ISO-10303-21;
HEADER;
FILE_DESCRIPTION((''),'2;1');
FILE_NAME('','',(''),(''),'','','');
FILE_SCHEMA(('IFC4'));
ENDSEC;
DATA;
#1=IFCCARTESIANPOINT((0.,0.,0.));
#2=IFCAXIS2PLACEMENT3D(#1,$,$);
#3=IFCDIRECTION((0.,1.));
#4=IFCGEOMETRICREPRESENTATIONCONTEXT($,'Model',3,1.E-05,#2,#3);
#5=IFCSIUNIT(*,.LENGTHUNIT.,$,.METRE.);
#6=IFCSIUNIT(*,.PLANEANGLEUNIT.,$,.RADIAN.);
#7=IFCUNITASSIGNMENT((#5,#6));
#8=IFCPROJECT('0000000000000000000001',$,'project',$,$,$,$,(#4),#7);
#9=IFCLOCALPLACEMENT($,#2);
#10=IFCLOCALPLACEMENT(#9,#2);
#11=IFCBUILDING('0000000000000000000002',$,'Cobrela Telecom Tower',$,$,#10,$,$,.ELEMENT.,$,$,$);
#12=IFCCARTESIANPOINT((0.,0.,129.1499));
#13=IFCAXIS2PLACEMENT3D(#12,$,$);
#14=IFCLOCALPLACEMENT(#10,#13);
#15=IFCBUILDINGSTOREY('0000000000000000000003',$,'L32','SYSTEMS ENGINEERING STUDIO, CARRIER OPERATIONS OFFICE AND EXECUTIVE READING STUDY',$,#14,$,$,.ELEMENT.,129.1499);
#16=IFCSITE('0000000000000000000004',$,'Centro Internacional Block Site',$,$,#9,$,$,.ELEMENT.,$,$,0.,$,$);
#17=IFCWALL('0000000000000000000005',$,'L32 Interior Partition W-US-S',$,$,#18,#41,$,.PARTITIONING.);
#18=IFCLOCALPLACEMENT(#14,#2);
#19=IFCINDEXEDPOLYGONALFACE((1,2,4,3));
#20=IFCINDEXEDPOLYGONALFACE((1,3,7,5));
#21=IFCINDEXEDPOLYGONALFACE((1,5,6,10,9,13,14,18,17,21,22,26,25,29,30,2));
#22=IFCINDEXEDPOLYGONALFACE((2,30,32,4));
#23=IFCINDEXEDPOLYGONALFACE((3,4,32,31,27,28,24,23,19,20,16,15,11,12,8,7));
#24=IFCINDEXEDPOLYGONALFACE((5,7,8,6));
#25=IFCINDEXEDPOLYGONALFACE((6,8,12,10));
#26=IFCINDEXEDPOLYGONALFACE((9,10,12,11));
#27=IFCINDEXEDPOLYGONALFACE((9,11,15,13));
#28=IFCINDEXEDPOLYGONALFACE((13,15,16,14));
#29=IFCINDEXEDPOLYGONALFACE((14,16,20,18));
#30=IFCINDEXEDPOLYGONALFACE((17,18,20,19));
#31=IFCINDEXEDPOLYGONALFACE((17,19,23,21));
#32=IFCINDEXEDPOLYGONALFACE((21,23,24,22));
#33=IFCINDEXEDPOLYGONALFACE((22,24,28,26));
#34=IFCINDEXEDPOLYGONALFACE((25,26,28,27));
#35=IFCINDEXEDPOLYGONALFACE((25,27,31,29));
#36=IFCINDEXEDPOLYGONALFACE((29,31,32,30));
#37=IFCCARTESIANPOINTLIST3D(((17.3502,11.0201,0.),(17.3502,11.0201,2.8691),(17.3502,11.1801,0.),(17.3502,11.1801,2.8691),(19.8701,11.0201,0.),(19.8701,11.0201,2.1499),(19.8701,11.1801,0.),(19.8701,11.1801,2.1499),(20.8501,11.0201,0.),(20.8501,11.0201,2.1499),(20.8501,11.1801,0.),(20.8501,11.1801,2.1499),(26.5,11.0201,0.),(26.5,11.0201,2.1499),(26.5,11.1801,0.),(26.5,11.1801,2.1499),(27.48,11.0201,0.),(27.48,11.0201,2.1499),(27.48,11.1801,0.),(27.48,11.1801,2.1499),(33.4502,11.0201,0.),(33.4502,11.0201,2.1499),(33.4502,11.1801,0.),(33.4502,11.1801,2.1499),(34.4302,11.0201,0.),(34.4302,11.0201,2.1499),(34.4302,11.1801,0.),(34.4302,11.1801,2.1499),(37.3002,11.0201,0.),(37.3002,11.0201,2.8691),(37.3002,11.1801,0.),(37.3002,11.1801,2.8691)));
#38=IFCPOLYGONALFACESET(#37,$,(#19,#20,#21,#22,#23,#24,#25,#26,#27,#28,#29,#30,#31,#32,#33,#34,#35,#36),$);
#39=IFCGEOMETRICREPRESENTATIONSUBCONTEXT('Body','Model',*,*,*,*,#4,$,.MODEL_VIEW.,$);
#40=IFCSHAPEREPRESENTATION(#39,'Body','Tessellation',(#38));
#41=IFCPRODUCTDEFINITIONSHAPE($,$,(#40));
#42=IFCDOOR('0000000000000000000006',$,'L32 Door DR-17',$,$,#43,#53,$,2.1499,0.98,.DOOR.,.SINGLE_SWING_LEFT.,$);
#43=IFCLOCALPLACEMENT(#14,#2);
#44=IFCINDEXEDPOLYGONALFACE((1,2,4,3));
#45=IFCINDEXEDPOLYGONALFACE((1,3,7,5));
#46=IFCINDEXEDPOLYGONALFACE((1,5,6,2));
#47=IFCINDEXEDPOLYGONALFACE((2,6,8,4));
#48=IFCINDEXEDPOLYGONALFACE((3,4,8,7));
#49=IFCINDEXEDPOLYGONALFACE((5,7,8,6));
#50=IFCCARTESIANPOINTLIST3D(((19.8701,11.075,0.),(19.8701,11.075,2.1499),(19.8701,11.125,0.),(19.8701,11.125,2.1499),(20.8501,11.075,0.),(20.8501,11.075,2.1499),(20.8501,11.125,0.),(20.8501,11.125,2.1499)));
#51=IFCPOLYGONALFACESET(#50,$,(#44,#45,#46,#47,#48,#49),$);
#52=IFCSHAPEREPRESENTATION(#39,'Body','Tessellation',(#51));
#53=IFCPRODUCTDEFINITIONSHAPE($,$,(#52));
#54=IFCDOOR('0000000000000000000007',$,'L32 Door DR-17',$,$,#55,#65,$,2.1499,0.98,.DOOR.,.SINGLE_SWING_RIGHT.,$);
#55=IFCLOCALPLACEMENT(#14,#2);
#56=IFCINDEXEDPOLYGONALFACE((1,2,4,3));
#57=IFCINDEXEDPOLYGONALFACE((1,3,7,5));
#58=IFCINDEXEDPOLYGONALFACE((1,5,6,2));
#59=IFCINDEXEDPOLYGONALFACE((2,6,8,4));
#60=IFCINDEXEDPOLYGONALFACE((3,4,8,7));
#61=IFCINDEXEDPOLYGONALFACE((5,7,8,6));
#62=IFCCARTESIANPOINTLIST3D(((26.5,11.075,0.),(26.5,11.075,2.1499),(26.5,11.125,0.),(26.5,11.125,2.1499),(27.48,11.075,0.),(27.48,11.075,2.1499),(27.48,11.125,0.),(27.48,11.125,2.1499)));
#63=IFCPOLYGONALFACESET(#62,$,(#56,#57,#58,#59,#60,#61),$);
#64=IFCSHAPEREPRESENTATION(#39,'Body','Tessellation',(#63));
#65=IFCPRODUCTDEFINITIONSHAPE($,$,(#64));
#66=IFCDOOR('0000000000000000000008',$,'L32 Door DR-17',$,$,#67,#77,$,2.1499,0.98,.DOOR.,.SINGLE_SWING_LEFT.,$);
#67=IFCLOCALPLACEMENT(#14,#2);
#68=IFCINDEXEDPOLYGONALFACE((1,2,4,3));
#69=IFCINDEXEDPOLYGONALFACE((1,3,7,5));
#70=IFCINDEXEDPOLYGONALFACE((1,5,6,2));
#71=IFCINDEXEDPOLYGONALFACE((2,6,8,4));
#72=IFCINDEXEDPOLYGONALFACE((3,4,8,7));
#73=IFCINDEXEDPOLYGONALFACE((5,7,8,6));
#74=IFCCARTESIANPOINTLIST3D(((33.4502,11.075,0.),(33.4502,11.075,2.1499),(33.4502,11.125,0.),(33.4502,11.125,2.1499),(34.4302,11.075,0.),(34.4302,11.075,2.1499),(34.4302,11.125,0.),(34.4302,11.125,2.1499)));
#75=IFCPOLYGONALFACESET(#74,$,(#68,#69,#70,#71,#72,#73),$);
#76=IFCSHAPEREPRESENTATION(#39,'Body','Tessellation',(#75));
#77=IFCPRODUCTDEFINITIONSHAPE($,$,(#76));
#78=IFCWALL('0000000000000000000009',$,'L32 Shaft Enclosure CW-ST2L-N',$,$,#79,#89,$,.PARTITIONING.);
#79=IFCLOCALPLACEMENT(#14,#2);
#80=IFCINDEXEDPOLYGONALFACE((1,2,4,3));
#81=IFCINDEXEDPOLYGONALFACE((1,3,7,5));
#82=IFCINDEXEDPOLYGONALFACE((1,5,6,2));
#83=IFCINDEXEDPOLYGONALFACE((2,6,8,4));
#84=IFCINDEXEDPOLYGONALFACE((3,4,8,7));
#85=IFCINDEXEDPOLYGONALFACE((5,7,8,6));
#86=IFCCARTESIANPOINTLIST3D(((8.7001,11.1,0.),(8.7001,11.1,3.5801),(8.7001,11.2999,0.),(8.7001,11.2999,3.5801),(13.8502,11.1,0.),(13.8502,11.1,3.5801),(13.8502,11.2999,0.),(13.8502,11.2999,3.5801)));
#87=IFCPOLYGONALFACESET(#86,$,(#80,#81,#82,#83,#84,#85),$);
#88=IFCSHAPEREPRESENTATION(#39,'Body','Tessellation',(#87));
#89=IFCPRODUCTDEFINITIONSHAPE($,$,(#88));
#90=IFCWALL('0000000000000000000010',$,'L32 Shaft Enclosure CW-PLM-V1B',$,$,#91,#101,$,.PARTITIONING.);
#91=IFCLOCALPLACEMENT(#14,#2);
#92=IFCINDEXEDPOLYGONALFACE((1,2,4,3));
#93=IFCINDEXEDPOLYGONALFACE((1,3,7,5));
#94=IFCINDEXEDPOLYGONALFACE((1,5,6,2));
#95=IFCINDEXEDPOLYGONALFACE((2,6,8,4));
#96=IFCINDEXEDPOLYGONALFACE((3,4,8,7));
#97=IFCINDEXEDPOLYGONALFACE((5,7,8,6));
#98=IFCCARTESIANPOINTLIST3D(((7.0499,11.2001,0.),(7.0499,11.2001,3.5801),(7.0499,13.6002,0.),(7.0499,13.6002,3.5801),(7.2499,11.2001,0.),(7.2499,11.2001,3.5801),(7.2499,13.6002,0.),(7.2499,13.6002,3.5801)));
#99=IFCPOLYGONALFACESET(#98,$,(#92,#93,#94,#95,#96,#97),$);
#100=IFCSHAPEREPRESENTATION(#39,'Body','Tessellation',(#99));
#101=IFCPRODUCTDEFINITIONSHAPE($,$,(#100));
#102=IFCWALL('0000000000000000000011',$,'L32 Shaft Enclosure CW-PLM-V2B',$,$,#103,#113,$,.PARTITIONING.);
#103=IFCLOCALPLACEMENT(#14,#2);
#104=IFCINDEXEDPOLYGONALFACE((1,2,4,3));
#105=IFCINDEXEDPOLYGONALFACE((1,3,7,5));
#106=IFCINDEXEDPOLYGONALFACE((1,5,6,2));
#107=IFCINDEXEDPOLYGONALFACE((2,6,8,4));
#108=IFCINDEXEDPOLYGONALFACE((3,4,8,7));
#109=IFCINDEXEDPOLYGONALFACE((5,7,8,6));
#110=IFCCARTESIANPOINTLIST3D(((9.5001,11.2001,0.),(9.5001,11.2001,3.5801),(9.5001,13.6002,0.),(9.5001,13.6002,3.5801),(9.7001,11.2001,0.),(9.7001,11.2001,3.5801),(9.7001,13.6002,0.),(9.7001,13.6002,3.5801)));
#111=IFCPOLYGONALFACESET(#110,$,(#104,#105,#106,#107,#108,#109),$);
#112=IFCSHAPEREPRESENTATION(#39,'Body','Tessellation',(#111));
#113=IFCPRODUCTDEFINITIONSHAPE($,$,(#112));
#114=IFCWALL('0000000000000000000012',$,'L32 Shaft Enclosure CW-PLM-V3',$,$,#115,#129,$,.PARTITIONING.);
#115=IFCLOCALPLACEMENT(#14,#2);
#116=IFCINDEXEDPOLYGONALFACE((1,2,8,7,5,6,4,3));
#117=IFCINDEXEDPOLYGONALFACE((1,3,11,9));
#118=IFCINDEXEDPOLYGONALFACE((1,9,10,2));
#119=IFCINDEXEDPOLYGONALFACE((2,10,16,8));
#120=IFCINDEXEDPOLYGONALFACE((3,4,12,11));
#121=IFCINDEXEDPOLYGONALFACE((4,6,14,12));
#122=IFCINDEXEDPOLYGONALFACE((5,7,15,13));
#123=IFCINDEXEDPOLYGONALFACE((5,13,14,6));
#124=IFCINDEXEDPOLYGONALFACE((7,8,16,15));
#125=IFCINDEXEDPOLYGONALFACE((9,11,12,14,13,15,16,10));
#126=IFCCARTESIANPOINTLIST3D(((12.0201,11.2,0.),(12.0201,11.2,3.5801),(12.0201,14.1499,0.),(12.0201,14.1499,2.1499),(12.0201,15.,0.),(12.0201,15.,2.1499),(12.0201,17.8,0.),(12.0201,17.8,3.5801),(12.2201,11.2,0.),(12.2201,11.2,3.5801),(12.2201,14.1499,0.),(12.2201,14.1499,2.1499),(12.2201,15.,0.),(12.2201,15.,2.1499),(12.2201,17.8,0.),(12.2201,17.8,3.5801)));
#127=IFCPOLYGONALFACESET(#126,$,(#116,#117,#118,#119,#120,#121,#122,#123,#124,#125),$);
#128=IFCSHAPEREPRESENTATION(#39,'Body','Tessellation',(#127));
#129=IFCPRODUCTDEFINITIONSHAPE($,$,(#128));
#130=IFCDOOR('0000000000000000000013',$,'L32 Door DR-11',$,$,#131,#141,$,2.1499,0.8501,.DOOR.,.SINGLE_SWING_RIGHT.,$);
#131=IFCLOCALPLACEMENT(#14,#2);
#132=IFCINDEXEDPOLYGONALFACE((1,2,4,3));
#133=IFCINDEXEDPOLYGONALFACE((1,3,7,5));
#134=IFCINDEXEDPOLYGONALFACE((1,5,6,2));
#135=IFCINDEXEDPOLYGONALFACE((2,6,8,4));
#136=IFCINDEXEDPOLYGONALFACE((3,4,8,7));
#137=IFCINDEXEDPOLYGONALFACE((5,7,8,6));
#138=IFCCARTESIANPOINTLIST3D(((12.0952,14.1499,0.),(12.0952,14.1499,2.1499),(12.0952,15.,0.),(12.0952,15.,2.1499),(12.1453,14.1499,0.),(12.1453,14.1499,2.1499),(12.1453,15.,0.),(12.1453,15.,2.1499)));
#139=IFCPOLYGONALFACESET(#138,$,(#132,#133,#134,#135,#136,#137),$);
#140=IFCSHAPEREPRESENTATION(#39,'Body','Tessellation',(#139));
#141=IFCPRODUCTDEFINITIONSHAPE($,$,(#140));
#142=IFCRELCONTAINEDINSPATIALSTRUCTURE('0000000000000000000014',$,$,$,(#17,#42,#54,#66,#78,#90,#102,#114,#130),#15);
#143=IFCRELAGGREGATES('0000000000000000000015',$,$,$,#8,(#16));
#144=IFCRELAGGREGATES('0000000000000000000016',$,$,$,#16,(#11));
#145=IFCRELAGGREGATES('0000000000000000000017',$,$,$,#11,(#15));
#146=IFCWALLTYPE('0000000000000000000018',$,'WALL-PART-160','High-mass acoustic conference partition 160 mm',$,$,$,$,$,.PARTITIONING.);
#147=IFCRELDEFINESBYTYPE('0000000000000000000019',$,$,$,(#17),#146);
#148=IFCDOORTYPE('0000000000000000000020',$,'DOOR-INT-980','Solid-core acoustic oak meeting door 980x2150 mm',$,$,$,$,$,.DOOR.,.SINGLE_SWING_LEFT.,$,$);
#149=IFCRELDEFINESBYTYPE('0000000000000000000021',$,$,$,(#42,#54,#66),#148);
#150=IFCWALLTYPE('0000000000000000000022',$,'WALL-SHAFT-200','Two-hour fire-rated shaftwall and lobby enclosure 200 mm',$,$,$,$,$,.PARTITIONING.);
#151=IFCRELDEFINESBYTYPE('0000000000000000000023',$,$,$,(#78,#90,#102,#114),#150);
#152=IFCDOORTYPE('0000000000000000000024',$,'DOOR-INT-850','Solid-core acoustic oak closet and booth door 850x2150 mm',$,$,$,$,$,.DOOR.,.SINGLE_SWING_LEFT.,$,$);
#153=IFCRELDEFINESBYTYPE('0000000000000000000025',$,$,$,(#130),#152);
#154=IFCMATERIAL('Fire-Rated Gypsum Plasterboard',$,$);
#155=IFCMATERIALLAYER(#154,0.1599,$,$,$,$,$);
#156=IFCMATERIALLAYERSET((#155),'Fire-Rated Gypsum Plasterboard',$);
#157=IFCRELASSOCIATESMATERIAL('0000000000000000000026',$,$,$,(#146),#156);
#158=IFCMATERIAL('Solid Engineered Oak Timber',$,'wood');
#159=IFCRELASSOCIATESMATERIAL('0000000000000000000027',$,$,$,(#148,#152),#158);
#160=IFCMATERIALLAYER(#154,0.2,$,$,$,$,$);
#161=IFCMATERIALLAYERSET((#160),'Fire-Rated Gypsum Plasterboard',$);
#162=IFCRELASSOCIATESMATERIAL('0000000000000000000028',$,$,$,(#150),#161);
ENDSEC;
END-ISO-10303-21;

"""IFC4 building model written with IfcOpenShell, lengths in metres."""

from ifc_helpers import new_model, si_unit, direction, frame, frame_2d, origin, place, context, subcontext, project, spatial, rectangle, extrude, material, layer, layer_set, type_object, element, fill, save


model = new_model("IFC4")

# Units and contexts
model_context = context("Model", 3, precision=1e-05, world=origin(), true_north=direction((0.0, 1.0)))
body_context = subcontext(model_context, "Body", "Model", "MODEL_VIEW")
ifc_project = project(units=[si_unit("LENGTHUNIT", "METRE"), si_unit("PLANEANGLEUNIT", "RADIAN")], contexts=[model_context])

# Site, building, storey
site_placement = place(None, origin())
site = spatial("IfcSite", under=ifc_project, at=site_placement, Name="Centro Internacional Block Site", CompositionType="ELEMENT", RefElevation=0.0)
building_placement = place(site_placement, origin())
building = spatial("IfcBuilding", under=site, at=building_placement, Name="Cobrela Telecom Tower", CompositionType="ELEMENT")
storey_placement = place(building_placement, frame((0.0, 0.0, 129.1499)))
storey = spatial("IfcBuildingStorey", under=building, at=storey_placement, Name="L32", Description="SYSTEMS ENGINEERING STUDIO, CARRIER OPERATIONS OFFICE AND EXECUTIVE READING STUDY", CompositionType="ELEMENT", Elevation=129.1499)

# Shared definitions
ifc_material_1 = material(Name="Fire-Rated Gypsum Plasterboard")

# Wall, openings, doors
ifc_layer_1 = layer(ifc_material_1, 0.1599)
ifc_layer_set_1 = layer_set([ifc_layer_1], Name="Fire-Rated Gypsum Plasterboard")
wall_type_1 = type_object("IfcWallType", Name="WALL-PART-160", Description="High-mass acoustic conference partition 160 mm", PredefinedType="PARTITIONING", material=ifc_layer_set_1)
wall_1_placement = place(storey_placement, frame((17.3501, 11.1001, 0.0), z_axis=(0.0, 0.0, 1.0), x_axis=(1.0, 0.0, 0.0)))
wall_1 = element("IfcWall", 1, at=wall_1_placement, inside=storey, type_object=wall_type_1, Name="L32 Interior Partition W-US-S", PredefinedType="PARTITIONING", context=body_context, shape_type="SweptSolid", body=[
    extrude(rectangle(XDim=19.95, YDim=0.1599, at=frame_2d((9.9751, 0.0))), origin(), (0.0, 0.0, 1.0), 2.8691),
])
opening_1_placement = place(wall_1_placement, frame((2.52, 0.0, 0.0)))
opening_1 = element("IfcOpeningElement", 2, at=opening_1_placement, cuts=wall_1, PredefinedType="OPENING", context=body_context, shape_type="SweptSolid", body=[
    extrude(rectangle(XDim=0.98, YDim=2.1499, at=frame_2d((0.49, 1.075))), frame((0.0, 0.0918, 0.0), z_axis=(0.0, -1.0, 0.0), x_axis=(1.0, 0.0, 0.0)), (0.0, 0.0, 1.0), 0.1838),
])
opening_2_placement = place(wall_1_placement, frame((9.1499, 0.0, 0.0)))
opening_2 = element("IfcOpeningElement", 3, at=opening_2_placement, cuts=wall_1, PredefinedType="OPENING", context=body_context, shape_type="SweptSolid", body=[
    extrude(rectangle(XDim=0.98, YDim=2.1499, at=frame_2d((0.49, 1.075))), frame((0.0, 0.0918, 0.0), z_axis=(0.0, -1.0, 0.0), x_axis=(1.0, 0.0, 0.0)), (0.0, 0.0, 1.0), 0.1838),
])
opening_3_placement = place(wall_1_placement, frame((16.1001, 0.0, 0.0)))
opening_3 = element("IfcOpeningElement", 4, at=opening_3_placement, cuts=wall_1, PredefinedType="OPENING", context=body_context, shape_type="SweptSolid", body=[
    extrude(rectangle(XDim=0.98, YDim=2.1499, at=frame_2d((0.49, 1.075))), frame((0.0, 0.0918, 0.0), z_axis=(0.0, -1.0, 0.0), x_axis=(1.0, 0.0, 0.0)), (0.0, 0.0, 1.0), 0.1838),
])
ifc_material_2 = material(Name="Solid Engineered Oak Timber", Category="wood")
door_type_1 = type_object("IfcDoorType", Name="DOOR-INT-980", Description="Solid-core acoustic oak meeting door 980x2150 mm", OperationType="SINGLE_SWING_LEFT", PredefinedType="DOOR", material=ifc_material_2)
door_1_placement = place(opening_1_placement, origin())
door_1 = element("IfcDoor", 5, at=door_1_placement, inside=storey, type_object=door_type_1, Name="L32 Door DR-17", OperationType="SINGLE_SWING_LEFT", OverallHeight=2.1499, OverallWidth=0.98, PredefinedType="DOOR", context=body_context, shape_type="SweptSolid", body=[
    extrude(rectangle(XDim=0.98, YDim=2.1499, at=frame_2d((0.49, 1.075))), frame((0.0, 0.0249, 0.0), z_axis=(0.0, -1.0, 0.0), x_axis=(1.0, 0.0, 0.0)), (0.0, 0.0, 1.0), 0.05),
])
fill(opening_1, door_1)
door_2_placement = place(opening_2_placement, origin())
door_2 = element("IfcDoor", 6, at=door_2_placement, inside=storey, type_object=door_type_1, Name="L32 Door DR-17", OperationType="SINGLE_SWING_RIGHT", OverallHeight=2.1499, OverallWidth=0.98, PredefinedType="DOOR", context=body_context, shape_type="SweptSolid", body=[
    extrude(rectangle(XDim=0.98, YDim=2.1499, at=frame_2d((0.49, 1.075))), frame((0.0, 0.0249, 0.0), z_axis=(0.0, -1.0, 0.0), x_axis=(1.0, 0.0, 0.0)), (0.0, 0.0, 1.0), 0.05),
])
fill(opening_2, door_2)
door_3_placement = place(opening_3_placement, origin())
door_3 = element("IfcDoor", 7, at=door_3_placement, inside=storey, type_object=door_type_1, Name="L32 Door DR-17", OperationType="SINGLE_SWING_LEFT", OverallHeight=2.1499, OverallWidth=0.98, PredefinedType="DOOR", context=body_context, shape_type="SweptSolid", body=[
    extrude(rectangle(XDim=0.98, YDim=2.1499, at=frame_2d((0.49, 1.075))), frame((0.0, 0.0249, 0.0), z_axis=(0.0, -1.0, 0.0), x_axis=(1.0, 0.0, 0.0)), (0.0, 0.0, 1.0), 0.05),
])
fill(opening_3, door_3)

# Walls
ifc_layer_2 = layer(ifc_material_1, 0.2)
ifc_layer_set_2 = layer_set([ifc_layer_2], Name="Fire-Rated Gypsum Plasterboard")
wall_type_2 = type_object("IfcWallType", Name="WALL-SHAFT-200", Description="Two-hour fire-rated shaftwall and lobby enclosure 200 mm", PredefinedType="PARTITIONING", material=ifc_layer_set_2)
wall_2_placement = place(storey_placement, frame((8.7, 11.2, 0.0), z_axis=(0.0, 0.0, 1.0), x_axis=(1.0, 0.0, 0.0)))
element("IfcWall", 8, at=wall_2_placement, inside=storey, type_object=wall_type_2, Name="L32 Shaft Enclosure CW-ST2L-N", PredefinedType="PARTITIONING", context=body_context, shape_type="SweptSolid", body=[
    extrude(rectangle(XDim=5.1501, YDim=0.2, at=frame_2d((2.5752, 0.0))), origin(), (0.0, 0.0, 1.0), 3.5801),
])
for number, where, z_axis, x_axis, name in (
    (9, (7.1499, 11.2, 0.0), (0.0, 0.0, 1.0), (0.0, 1.0, 0.0), "L32 Shaft Enclosure CW-PLM-V1B"),
    (10, (9.6001, 11.2, 0.0), (0.0, 0.0, 1.0), (0.0, 1.0, 0.0), "L32 Shaft Enclosure CW-PLM-V2B"),
):
    element("IfcWall", number, at=place(storey_placement, frame(where, z_axis=z_axis, x_axis=x_axis)), inside=storey, type_object=wall_type_2, Name=name, PredefinedType="PARTITIONING", context=body_context, shape_type="SweptSolid", body=[
        extrude(rectangle(XDim=2.4001, YDim=0.2, at=frame_2d((1.2002, 0.0))), origin(), (0.0, 0.0, 1.0), 3.5801),
    ])

# Wall, opening, door
wall_3_placement = place(storey_placement, frame((12.1201, 11.2, 0.0), z_axis=(0.0, 0.0, 1.0), x_axis=(0.0, 1.0, 0.0)))
wall_3 = element("IfcWall", 11, at=wall_3_placement, inside=storey, type_object=wall_type_2, Name="L32 Shaft Enclosure CW-PLM-V3", PredefinedType="PARTITIONING", context=body_context, shape_type="SweptSolid", body=[
    extrude(rectangle(XDim=6.6001, YDim=0.2, at=frame_2d((3.3, 0.0))), origin(), (0.0, 0.0, 1.0), 3.5801),
])
opening_4_placement = place(wall_3_placement, frame((2.95, 0.0, 0.0)))
opening_4 = element("IfcOpeningElement", 12, at=opening_4_placement, cuts=wall_3, PredefinedType="OPENING", context=body_context, shape_type="SweptSolid", body=[
    extrude(rectangle(XDim=0.8501, YDim=2.1499, at=frame_2d((0.425, 1.075))), frame((0.0, 0.1118, 0.0), z_axis=(0.0, -1.0, 0.0), x_axis=(1.0, 0.0, 0.0)), (0.0, 0.0, 1.0), 0.2239),
])
door_type_2 = type_object("IfcDoorType", Name="DOOR-INT-850", Description="Solid-core acoustic oak closet and booth door 850x2150 mm", OperationType="SINGLE_SWING_LEFT", PredefinedType="DOOR", material=ifc_material_2)
door_4_placement = place(opening_4_placement, origin())
door_4 = element("IfcDoor", 13, at=door_4_placement, inside=storey, type_object=door_type_2, Name="L32 Door DR-11", OperationType="SINGLE_SWING_RIGHT", OverallHeight=2.1499, OverallWidth=0.8501, PredefinedType="DOOR", context=body_context, shape_type="SweptSolid", body=[
    extrude(rectangle(XDim=0.8501, YDim=2.1499, at=frame_2d((0.425, 1.075))), frame((0.0, 0.0249, 0.0), z_axis=(0.0, -1.0, 0.0), x_axis=(1.0, 0.0, 0.0)), (0.0, 0.0, 1.0), 0.05),
])
fill(opening_4, door_4)

save(model, "model.ifc")
